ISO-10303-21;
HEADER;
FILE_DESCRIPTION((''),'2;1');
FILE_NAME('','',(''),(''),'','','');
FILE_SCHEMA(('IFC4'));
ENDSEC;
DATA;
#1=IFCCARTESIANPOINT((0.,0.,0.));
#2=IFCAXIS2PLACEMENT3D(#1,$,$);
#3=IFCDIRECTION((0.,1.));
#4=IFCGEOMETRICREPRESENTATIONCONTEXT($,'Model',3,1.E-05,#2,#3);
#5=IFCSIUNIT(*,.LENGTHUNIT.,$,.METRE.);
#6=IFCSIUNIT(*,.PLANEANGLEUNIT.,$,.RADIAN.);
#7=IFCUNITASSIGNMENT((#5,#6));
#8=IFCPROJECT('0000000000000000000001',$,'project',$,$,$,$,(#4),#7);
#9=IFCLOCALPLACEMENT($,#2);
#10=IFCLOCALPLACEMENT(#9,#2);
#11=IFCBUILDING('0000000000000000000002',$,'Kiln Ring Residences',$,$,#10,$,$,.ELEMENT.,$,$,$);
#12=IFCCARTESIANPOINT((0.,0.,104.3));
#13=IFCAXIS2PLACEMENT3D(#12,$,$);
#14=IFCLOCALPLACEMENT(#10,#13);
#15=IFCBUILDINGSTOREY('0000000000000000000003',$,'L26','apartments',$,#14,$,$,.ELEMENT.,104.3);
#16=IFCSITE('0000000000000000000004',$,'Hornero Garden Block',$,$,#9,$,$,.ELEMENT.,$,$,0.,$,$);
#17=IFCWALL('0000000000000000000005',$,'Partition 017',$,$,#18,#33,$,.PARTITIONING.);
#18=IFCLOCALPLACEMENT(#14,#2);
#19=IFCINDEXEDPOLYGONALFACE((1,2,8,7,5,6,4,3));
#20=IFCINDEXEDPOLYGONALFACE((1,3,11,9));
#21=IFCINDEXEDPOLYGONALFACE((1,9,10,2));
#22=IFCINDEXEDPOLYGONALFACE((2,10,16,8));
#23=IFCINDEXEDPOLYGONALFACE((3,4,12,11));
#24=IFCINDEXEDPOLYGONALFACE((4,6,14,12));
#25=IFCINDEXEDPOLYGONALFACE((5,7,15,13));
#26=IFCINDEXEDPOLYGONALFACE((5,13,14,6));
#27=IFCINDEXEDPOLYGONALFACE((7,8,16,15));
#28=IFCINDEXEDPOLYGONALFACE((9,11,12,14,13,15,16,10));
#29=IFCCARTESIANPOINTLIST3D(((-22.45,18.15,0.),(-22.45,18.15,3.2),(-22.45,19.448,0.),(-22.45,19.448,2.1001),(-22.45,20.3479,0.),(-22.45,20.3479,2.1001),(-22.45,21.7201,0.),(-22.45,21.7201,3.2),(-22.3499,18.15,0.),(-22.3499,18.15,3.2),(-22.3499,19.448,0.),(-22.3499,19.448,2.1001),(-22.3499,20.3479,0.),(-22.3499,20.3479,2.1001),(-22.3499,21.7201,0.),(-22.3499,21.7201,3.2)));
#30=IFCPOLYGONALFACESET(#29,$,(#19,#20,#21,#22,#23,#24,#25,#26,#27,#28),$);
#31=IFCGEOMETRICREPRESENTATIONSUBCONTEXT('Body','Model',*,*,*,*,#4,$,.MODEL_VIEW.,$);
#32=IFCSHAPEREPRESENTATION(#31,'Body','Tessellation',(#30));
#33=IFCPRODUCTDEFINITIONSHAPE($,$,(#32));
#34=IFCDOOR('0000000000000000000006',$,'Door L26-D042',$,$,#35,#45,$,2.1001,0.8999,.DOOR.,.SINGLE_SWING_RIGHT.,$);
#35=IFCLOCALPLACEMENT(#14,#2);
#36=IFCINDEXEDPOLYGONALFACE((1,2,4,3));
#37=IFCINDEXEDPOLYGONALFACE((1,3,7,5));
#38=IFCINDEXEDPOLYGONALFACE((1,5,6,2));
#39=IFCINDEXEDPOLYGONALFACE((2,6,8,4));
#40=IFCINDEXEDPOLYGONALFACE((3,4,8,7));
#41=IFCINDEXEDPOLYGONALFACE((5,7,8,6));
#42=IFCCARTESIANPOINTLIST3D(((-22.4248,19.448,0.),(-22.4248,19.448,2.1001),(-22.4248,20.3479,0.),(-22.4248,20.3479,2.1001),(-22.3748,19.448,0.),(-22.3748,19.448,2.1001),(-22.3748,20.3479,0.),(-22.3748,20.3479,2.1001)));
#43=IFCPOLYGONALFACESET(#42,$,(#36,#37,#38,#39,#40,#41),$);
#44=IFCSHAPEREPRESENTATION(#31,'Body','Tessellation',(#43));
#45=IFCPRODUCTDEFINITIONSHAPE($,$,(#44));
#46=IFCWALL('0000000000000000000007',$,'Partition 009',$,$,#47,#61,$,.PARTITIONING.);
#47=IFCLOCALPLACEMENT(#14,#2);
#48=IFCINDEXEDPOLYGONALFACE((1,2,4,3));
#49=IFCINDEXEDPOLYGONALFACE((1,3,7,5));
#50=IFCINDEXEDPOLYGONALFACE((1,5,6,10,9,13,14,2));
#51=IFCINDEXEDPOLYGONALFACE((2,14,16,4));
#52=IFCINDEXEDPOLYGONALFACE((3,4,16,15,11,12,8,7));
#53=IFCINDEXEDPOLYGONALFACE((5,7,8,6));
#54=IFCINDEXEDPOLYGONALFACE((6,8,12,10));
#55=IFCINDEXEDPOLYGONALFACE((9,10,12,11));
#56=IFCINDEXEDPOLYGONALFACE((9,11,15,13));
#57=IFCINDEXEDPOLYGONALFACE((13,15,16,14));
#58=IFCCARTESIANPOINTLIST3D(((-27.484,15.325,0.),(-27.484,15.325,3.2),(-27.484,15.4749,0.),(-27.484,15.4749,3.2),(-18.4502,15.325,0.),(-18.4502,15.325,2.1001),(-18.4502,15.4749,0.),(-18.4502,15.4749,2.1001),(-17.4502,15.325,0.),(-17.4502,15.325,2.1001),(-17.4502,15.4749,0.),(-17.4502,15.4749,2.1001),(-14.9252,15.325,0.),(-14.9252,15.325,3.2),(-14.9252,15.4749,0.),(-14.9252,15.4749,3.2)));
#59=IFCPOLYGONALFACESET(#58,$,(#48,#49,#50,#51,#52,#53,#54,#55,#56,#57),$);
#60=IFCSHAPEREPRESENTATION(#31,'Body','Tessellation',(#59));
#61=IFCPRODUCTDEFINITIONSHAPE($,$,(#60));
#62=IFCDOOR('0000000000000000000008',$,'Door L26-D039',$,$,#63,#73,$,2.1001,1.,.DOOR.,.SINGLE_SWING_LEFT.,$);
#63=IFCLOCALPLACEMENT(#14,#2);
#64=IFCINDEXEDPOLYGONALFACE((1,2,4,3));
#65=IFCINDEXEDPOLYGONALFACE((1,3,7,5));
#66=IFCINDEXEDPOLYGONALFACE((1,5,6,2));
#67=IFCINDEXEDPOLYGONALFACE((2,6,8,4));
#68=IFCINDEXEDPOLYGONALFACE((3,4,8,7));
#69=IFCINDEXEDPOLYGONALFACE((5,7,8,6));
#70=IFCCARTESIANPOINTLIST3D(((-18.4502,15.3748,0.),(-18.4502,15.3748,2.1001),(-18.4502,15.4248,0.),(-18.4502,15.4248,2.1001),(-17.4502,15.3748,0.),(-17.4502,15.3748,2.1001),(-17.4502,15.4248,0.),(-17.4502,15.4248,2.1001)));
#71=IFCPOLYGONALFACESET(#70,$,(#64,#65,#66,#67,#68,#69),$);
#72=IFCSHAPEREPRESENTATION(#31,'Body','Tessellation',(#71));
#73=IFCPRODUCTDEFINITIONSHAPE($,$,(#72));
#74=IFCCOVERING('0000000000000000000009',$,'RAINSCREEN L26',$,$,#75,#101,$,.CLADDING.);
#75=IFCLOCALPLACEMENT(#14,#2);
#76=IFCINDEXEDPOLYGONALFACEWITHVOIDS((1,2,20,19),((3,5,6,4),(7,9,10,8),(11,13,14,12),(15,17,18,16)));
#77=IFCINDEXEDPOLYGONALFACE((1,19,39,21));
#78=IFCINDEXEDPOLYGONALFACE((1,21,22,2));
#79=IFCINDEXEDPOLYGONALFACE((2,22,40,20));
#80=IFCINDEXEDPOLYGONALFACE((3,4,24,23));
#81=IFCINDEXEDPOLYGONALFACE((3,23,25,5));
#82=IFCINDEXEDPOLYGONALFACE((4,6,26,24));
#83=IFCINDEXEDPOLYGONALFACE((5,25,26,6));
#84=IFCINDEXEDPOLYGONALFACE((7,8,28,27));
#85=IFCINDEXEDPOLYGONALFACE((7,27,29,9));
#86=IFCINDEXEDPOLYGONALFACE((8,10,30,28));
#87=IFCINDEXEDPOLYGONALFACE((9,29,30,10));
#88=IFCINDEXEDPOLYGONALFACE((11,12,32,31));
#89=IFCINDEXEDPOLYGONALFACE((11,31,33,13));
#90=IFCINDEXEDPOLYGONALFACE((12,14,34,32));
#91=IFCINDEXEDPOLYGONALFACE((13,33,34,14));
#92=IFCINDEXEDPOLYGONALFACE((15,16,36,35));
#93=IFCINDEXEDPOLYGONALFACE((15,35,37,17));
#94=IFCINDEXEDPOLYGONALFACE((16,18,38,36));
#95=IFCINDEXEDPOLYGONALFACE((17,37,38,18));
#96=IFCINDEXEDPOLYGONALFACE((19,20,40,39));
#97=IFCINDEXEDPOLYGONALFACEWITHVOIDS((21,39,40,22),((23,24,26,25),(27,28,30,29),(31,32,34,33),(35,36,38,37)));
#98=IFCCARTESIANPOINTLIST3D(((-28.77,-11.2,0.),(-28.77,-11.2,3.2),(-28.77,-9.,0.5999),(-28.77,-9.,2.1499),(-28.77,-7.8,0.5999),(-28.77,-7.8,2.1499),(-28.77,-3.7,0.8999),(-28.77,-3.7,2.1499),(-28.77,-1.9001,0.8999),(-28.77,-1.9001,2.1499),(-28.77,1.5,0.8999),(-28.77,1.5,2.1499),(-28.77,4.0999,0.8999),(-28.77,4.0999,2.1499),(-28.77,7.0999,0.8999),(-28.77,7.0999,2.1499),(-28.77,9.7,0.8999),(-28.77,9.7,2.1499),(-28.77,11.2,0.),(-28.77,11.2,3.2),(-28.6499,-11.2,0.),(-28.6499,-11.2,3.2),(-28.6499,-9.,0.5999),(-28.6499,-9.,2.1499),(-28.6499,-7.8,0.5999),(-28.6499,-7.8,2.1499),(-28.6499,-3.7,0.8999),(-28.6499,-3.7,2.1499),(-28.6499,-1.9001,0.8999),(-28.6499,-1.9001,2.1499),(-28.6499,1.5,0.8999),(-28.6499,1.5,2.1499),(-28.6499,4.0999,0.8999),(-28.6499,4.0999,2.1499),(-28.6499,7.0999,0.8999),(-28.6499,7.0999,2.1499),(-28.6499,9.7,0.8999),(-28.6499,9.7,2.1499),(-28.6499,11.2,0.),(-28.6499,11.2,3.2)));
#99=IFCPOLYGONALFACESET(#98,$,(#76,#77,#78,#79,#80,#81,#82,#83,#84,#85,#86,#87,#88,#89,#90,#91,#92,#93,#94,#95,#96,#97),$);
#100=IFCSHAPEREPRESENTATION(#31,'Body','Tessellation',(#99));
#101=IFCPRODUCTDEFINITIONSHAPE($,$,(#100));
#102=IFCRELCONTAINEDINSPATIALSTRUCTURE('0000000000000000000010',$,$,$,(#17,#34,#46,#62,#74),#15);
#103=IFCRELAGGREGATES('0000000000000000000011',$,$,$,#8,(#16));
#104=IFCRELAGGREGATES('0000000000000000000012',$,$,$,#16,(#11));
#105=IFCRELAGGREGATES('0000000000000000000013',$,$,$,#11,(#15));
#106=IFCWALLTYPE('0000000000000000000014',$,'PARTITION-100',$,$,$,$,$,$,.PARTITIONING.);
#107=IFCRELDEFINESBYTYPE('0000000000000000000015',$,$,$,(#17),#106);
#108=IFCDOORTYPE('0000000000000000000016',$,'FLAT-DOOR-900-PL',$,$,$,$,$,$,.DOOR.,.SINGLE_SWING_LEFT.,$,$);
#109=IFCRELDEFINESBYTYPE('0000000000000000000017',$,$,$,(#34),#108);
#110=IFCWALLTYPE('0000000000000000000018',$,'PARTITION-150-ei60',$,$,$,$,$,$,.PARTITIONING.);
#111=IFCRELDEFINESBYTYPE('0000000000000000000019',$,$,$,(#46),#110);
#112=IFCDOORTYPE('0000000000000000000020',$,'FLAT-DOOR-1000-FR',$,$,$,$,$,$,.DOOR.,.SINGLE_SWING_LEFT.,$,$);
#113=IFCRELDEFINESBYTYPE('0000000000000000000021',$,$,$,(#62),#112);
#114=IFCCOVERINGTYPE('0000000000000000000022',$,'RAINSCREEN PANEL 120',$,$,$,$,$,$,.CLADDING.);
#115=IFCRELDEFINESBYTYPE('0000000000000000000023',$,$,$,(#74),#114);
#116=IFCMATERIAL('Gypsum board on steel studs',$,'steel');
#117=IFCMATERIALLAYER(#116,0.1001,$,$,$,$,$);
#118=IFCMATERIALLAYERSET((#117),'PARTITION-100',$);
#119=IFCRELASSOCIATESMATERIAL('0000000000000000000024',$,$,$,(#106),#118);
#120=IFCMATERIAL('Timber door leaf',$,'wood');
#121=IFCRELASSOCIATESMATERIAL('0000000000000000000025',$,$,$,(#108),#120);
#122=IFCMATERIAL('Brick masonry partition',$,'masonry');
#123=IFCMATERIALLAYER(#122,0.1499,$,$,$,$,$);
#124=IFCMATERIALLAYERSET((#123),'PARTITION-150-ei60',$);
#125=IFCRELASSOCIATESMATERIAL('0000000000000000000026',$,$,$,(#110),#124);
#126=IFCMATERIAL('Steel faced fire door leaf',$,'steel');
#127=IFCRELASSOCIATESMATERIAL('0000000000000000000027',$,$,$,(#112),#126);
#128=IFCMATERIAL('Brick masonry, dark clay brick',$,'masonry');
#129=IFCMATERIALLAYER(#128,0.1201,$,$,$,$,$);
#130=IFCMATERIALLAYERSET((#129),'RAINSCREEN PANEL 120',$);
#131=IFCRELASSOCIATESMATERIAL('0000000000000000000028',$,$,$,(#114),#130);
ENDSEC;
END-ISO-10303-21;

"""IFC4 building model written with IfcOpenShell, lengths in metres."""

from ifc_helpers import new_model, si_unit, direction, frame, frame_2d, origin, place, context, subcontext, project, spatial, polyline, rectangle, outline, extrude, material, layer, layer_set, type_object, element, fill, save


model = new_model("IFC4")

# Units and contexts
model_context = context("Model", 3, precision=1e-05, world=origin(), true_north=direction((0.0, 1.0)))
body_context = subcontext(model_context, "Body", "Model", "MODEL_VIEW")
ifc_project = project(units=[si_unit("LENGTHUNIT", "METRE"), si_unit("PLANEANGLEUNIT", "RADIAN")], contexts=[model_context])

# Site, building, storey
site_placement = place(None, origin())
site = spatial("IfcSite", under=ifc_project, at=site_placement, Name="Hornero Garden Block", CompositionType="ELEMENT", RefElevation=0.0)
building_placement = place(site_placement, origin())
building = spatial("IfcBuilding", under=site, at=building_placement, Name="Kiln Ring Residences", CompositionType="ELEMENT")
storey_placement = place(building_placement, frame((0.0, 0.0, 104.3)))
storey = spatial("IfcBuildingStorey", under=building, at=storey_placement, Name="L26", Description="apartments", CompositionType="ELEMENT", Elevation=104.3)

# Shared definitions
ifc_material_1 = material(Name="Gypsum board on steel studs", Category="steel")
ifc_layer_1 = layer(ifc_material_1, 0.1001)
ifc_layer_set_1 = layer_set([ifc_layer_1], Name="PARTITION-100")
wall_type_1 = type_object("IfcWallType", Name="PARTITION-100", PredefinedType="PARTITIONING", material=ifc_layer_set_1)
ifc_material_2 = material(Name="Timber door leaf", Category="wood")
door_type_1 = type_object("IfcDoorType", Name="FLAT-DOOR-900-PL", OperationType="SINGLE_SWING_LEFT", PredefinedType="DOOR", material=ifc_material_2)

# Walls, openings, doors
wall_1_placement = place(storey_placement, frame((-22.3999, 18.1499, 0.0), z_axis=(0.0, 0.0, 1.0), x_axis=(0.0, 1.0, 0.0)))
wall_1 = element("IfcWall", 1, at=wall_1_placement, inside=storey, type_object=wall_type_1, Name="Partition 017", PredefinedType="PARTITIONING", context=body_context, shape_type="SweptSolid", body=[
    extrude(rectangle(XDim=3.5701, YDim=0.1001, at=frame_2d((1.7852, 0.0))), origin(), (0.0, 0.0, 1.0), 3.2),
])
opening_1_placement = place(wall_1_placement, frame((1.2981, 0.0, 0.0)))
opening_1 = element("IfcOpeningElement", 2, at=opening_1_placement, cuts=wall_1, PredefinedType="OPENING", context=body_context, shape_type="SweptSolid", body=[
    extrude(rectangle(XDim=0.8999, YDim=2.1001, at=frame_2d((0.45, 1.05))), frame((0.0, 0.0601, 0.0), z_axis=(0.0, -1.0, 0.0), x_axis=(1.0, 0.0, 0.0)), (0.0, 0.0, 1.0), 0.1201),
])
door_1_placement = place(opening_1_placement, origin())
door_1 = element("IfcDoor", 3, at=door_1_placement, inside=storey, type_object=door_type_1, Name="Door L26-D042", OperationType="SINGLE_SWING_RIGHT", OverallHeight=2.1001, OverallWidth=0.8999, PredefinedType="DOOR", context=body_context, shape_type="SweptSolid", body=[
    extrude(rectangle(XDim=0.8999, YDim=2.1001, at=frame_2d((0.45, 1.05))), frame((0.0, 0.0249, 0.0), z_axis=(0.0, -1.0, 0.0), x_axis=(1.0, 0.0, 0.0)), (0.0, 0.0, 1.0), 0.05),
])
fill(opening_1, door_1)
ifc_material_3 = material(Name="Brick masonry partition", Category="masonry")
ifc_layer_2 = layer(ifc_material_3, 0.1499)
ifc_layer_set_2 = layer_set([ifc_layer_2], Name="PARTITION-150-ei60")
wall_type_2 = type_object("IfcWallType", Name="PARTITION-150-ei60", PredefinedType="PARTITIONING", material=ifc_layer_set_2)
wall_2_placement = place(storey_placement, frame((-27.4839, 15.3999, 0.0), z_axis=(0.0, 0.0, 1.0), x_axis=(1.0, 0.0, 0.0)))
wall_2 = element("IfcWall", 4, at=wall_2_placement, inside=storey, type_object=wall_type_2, Name="Partition 009", PredefinedType="PARTITIONING", context=body_context, shape_type="SweptSolid", body=[
    extrude(rectangle(XDim=12.5588, YDim=0.1499, at=frame_2d((6.2793, 0.0))), origin(), (0.0, 0.0, 1.0), 3.2),
])
opening_2_placement = place(wall_2_placement, frame((9.0337, 0.0, 0.0)))
opening_2 = element("IfcOpeningElement", 5, at=opening_2_placement, cuts=wall_2, PredefinedType="OPENING", context=body_context, shape_type="SweptSolid", body=[
    extrude(rectangle(XDim=1.0, YDim=2.1001, at=frame_2d((0.5, 1.05))), frame((0.0, 0.085, 0.0), z_axis=(0.0, -1.0, 0.0), x_axis=(1.0, 0.0, 0.0)), (0.0, 0.0, 1.0), 0.1699),
])
ifc_material_4 = material(Name="Steel faced fire door leaf", Category="steel")
door_type_2 = type_object("IfcDoorType", Name="FLAT-DOOR-1000-FR", OperationType="SINGLE_SWING_LEFT", PredefinedType="DOOR", material=ifc_material_4)
door_2_placement = place(opening_2_placement, origin())
door_2 = element("IfcDoor", 6, at=door_2_placement, inside=storey, type_object=door_type_2, Name="Door L26-D039", OperationType="SINGLE_SWING_LEFT", OverallHeight=2.1001, OverallWidth=1.0, PredefinedType="DOOR", context=body_context, shape_type="SweptSolid", body=[
    extrude(rectangle(XDim=1.0, YDim=2.1001, at=frame_2d((0.5, 1.05))), frame((0.0, 0.0249, 0.0), z_axis=(0.0, -1.0, 0.0), x_axis=(1.0, 0.0, 0.0)), (0.0, 0.0, 1.0), 0.05),
])
fill(opening_2, door_2)

# Covering
ifc_material_5 = material(Name="Brick masonry, dark clay brick", Category="masonry")
ifc_layer_3 = layer(ifc_material_5, 0.1201)
ifc_layer_set_3 = layer_set([ifc_layer_3], Name="RAINSCREEN PANEL 120")
covering_type = type_object("IfcCoveringType", Name="RAINSCREEN PANEL 120", PredefinedType="CLADDING", material=ifc_layer_set_3)
covering_placement = place(storey_placement, frame((-28.71, 11.2, 0.0), z_axis=(0.0, 0.0, 1.0), x_axis=(0.0, -1.0, 0.0)))
element("IfcCovering", 7, at=covering_placement, inside=storey, type_object=covering_type, Name="RAINSCREEN L26", PredefinedType="CLADDING", context=body_context, shape_type="SweptSolid", body=[
    extrude(outline(polyline([(0.0, 0.0), (22.3999, 0.0), (22.3999, 3.2), (0.0, 3.2), (0.0, 0.0)]), holes=[polyline([(20.2, 0.5999), (20.2, 2.1499), (19.0, 2.1499), (19.0, 0.5999), (20.2, 0.5999)]), polyline([(4.1001, 0.8999), (4.1001, 2.1499), (1.5, 2.1499), (1.5, 0.8999), (4.1001, 0.8999)]), polyline([(9.7, 0.8999), (9.7, 2.1499), (7.1001, 2.1499), (7.1001, 0.8999), (9.7, 0.8999)]), polyline([(14.8999, 0.8999), (14.8999, 2.1499), (13.1001, 2.1499), (13.1001, 0.8999), (14.8999, 0.8999)])]), frame((0.0, 0.0601, 0.0), z_axis=(0.0, -1.0, 0.0), x_axis=(1.0, 0.0, 0.0)), (0.0, 0.0, 1.0), 0.1201),
])

save(model, "model.ifc")
